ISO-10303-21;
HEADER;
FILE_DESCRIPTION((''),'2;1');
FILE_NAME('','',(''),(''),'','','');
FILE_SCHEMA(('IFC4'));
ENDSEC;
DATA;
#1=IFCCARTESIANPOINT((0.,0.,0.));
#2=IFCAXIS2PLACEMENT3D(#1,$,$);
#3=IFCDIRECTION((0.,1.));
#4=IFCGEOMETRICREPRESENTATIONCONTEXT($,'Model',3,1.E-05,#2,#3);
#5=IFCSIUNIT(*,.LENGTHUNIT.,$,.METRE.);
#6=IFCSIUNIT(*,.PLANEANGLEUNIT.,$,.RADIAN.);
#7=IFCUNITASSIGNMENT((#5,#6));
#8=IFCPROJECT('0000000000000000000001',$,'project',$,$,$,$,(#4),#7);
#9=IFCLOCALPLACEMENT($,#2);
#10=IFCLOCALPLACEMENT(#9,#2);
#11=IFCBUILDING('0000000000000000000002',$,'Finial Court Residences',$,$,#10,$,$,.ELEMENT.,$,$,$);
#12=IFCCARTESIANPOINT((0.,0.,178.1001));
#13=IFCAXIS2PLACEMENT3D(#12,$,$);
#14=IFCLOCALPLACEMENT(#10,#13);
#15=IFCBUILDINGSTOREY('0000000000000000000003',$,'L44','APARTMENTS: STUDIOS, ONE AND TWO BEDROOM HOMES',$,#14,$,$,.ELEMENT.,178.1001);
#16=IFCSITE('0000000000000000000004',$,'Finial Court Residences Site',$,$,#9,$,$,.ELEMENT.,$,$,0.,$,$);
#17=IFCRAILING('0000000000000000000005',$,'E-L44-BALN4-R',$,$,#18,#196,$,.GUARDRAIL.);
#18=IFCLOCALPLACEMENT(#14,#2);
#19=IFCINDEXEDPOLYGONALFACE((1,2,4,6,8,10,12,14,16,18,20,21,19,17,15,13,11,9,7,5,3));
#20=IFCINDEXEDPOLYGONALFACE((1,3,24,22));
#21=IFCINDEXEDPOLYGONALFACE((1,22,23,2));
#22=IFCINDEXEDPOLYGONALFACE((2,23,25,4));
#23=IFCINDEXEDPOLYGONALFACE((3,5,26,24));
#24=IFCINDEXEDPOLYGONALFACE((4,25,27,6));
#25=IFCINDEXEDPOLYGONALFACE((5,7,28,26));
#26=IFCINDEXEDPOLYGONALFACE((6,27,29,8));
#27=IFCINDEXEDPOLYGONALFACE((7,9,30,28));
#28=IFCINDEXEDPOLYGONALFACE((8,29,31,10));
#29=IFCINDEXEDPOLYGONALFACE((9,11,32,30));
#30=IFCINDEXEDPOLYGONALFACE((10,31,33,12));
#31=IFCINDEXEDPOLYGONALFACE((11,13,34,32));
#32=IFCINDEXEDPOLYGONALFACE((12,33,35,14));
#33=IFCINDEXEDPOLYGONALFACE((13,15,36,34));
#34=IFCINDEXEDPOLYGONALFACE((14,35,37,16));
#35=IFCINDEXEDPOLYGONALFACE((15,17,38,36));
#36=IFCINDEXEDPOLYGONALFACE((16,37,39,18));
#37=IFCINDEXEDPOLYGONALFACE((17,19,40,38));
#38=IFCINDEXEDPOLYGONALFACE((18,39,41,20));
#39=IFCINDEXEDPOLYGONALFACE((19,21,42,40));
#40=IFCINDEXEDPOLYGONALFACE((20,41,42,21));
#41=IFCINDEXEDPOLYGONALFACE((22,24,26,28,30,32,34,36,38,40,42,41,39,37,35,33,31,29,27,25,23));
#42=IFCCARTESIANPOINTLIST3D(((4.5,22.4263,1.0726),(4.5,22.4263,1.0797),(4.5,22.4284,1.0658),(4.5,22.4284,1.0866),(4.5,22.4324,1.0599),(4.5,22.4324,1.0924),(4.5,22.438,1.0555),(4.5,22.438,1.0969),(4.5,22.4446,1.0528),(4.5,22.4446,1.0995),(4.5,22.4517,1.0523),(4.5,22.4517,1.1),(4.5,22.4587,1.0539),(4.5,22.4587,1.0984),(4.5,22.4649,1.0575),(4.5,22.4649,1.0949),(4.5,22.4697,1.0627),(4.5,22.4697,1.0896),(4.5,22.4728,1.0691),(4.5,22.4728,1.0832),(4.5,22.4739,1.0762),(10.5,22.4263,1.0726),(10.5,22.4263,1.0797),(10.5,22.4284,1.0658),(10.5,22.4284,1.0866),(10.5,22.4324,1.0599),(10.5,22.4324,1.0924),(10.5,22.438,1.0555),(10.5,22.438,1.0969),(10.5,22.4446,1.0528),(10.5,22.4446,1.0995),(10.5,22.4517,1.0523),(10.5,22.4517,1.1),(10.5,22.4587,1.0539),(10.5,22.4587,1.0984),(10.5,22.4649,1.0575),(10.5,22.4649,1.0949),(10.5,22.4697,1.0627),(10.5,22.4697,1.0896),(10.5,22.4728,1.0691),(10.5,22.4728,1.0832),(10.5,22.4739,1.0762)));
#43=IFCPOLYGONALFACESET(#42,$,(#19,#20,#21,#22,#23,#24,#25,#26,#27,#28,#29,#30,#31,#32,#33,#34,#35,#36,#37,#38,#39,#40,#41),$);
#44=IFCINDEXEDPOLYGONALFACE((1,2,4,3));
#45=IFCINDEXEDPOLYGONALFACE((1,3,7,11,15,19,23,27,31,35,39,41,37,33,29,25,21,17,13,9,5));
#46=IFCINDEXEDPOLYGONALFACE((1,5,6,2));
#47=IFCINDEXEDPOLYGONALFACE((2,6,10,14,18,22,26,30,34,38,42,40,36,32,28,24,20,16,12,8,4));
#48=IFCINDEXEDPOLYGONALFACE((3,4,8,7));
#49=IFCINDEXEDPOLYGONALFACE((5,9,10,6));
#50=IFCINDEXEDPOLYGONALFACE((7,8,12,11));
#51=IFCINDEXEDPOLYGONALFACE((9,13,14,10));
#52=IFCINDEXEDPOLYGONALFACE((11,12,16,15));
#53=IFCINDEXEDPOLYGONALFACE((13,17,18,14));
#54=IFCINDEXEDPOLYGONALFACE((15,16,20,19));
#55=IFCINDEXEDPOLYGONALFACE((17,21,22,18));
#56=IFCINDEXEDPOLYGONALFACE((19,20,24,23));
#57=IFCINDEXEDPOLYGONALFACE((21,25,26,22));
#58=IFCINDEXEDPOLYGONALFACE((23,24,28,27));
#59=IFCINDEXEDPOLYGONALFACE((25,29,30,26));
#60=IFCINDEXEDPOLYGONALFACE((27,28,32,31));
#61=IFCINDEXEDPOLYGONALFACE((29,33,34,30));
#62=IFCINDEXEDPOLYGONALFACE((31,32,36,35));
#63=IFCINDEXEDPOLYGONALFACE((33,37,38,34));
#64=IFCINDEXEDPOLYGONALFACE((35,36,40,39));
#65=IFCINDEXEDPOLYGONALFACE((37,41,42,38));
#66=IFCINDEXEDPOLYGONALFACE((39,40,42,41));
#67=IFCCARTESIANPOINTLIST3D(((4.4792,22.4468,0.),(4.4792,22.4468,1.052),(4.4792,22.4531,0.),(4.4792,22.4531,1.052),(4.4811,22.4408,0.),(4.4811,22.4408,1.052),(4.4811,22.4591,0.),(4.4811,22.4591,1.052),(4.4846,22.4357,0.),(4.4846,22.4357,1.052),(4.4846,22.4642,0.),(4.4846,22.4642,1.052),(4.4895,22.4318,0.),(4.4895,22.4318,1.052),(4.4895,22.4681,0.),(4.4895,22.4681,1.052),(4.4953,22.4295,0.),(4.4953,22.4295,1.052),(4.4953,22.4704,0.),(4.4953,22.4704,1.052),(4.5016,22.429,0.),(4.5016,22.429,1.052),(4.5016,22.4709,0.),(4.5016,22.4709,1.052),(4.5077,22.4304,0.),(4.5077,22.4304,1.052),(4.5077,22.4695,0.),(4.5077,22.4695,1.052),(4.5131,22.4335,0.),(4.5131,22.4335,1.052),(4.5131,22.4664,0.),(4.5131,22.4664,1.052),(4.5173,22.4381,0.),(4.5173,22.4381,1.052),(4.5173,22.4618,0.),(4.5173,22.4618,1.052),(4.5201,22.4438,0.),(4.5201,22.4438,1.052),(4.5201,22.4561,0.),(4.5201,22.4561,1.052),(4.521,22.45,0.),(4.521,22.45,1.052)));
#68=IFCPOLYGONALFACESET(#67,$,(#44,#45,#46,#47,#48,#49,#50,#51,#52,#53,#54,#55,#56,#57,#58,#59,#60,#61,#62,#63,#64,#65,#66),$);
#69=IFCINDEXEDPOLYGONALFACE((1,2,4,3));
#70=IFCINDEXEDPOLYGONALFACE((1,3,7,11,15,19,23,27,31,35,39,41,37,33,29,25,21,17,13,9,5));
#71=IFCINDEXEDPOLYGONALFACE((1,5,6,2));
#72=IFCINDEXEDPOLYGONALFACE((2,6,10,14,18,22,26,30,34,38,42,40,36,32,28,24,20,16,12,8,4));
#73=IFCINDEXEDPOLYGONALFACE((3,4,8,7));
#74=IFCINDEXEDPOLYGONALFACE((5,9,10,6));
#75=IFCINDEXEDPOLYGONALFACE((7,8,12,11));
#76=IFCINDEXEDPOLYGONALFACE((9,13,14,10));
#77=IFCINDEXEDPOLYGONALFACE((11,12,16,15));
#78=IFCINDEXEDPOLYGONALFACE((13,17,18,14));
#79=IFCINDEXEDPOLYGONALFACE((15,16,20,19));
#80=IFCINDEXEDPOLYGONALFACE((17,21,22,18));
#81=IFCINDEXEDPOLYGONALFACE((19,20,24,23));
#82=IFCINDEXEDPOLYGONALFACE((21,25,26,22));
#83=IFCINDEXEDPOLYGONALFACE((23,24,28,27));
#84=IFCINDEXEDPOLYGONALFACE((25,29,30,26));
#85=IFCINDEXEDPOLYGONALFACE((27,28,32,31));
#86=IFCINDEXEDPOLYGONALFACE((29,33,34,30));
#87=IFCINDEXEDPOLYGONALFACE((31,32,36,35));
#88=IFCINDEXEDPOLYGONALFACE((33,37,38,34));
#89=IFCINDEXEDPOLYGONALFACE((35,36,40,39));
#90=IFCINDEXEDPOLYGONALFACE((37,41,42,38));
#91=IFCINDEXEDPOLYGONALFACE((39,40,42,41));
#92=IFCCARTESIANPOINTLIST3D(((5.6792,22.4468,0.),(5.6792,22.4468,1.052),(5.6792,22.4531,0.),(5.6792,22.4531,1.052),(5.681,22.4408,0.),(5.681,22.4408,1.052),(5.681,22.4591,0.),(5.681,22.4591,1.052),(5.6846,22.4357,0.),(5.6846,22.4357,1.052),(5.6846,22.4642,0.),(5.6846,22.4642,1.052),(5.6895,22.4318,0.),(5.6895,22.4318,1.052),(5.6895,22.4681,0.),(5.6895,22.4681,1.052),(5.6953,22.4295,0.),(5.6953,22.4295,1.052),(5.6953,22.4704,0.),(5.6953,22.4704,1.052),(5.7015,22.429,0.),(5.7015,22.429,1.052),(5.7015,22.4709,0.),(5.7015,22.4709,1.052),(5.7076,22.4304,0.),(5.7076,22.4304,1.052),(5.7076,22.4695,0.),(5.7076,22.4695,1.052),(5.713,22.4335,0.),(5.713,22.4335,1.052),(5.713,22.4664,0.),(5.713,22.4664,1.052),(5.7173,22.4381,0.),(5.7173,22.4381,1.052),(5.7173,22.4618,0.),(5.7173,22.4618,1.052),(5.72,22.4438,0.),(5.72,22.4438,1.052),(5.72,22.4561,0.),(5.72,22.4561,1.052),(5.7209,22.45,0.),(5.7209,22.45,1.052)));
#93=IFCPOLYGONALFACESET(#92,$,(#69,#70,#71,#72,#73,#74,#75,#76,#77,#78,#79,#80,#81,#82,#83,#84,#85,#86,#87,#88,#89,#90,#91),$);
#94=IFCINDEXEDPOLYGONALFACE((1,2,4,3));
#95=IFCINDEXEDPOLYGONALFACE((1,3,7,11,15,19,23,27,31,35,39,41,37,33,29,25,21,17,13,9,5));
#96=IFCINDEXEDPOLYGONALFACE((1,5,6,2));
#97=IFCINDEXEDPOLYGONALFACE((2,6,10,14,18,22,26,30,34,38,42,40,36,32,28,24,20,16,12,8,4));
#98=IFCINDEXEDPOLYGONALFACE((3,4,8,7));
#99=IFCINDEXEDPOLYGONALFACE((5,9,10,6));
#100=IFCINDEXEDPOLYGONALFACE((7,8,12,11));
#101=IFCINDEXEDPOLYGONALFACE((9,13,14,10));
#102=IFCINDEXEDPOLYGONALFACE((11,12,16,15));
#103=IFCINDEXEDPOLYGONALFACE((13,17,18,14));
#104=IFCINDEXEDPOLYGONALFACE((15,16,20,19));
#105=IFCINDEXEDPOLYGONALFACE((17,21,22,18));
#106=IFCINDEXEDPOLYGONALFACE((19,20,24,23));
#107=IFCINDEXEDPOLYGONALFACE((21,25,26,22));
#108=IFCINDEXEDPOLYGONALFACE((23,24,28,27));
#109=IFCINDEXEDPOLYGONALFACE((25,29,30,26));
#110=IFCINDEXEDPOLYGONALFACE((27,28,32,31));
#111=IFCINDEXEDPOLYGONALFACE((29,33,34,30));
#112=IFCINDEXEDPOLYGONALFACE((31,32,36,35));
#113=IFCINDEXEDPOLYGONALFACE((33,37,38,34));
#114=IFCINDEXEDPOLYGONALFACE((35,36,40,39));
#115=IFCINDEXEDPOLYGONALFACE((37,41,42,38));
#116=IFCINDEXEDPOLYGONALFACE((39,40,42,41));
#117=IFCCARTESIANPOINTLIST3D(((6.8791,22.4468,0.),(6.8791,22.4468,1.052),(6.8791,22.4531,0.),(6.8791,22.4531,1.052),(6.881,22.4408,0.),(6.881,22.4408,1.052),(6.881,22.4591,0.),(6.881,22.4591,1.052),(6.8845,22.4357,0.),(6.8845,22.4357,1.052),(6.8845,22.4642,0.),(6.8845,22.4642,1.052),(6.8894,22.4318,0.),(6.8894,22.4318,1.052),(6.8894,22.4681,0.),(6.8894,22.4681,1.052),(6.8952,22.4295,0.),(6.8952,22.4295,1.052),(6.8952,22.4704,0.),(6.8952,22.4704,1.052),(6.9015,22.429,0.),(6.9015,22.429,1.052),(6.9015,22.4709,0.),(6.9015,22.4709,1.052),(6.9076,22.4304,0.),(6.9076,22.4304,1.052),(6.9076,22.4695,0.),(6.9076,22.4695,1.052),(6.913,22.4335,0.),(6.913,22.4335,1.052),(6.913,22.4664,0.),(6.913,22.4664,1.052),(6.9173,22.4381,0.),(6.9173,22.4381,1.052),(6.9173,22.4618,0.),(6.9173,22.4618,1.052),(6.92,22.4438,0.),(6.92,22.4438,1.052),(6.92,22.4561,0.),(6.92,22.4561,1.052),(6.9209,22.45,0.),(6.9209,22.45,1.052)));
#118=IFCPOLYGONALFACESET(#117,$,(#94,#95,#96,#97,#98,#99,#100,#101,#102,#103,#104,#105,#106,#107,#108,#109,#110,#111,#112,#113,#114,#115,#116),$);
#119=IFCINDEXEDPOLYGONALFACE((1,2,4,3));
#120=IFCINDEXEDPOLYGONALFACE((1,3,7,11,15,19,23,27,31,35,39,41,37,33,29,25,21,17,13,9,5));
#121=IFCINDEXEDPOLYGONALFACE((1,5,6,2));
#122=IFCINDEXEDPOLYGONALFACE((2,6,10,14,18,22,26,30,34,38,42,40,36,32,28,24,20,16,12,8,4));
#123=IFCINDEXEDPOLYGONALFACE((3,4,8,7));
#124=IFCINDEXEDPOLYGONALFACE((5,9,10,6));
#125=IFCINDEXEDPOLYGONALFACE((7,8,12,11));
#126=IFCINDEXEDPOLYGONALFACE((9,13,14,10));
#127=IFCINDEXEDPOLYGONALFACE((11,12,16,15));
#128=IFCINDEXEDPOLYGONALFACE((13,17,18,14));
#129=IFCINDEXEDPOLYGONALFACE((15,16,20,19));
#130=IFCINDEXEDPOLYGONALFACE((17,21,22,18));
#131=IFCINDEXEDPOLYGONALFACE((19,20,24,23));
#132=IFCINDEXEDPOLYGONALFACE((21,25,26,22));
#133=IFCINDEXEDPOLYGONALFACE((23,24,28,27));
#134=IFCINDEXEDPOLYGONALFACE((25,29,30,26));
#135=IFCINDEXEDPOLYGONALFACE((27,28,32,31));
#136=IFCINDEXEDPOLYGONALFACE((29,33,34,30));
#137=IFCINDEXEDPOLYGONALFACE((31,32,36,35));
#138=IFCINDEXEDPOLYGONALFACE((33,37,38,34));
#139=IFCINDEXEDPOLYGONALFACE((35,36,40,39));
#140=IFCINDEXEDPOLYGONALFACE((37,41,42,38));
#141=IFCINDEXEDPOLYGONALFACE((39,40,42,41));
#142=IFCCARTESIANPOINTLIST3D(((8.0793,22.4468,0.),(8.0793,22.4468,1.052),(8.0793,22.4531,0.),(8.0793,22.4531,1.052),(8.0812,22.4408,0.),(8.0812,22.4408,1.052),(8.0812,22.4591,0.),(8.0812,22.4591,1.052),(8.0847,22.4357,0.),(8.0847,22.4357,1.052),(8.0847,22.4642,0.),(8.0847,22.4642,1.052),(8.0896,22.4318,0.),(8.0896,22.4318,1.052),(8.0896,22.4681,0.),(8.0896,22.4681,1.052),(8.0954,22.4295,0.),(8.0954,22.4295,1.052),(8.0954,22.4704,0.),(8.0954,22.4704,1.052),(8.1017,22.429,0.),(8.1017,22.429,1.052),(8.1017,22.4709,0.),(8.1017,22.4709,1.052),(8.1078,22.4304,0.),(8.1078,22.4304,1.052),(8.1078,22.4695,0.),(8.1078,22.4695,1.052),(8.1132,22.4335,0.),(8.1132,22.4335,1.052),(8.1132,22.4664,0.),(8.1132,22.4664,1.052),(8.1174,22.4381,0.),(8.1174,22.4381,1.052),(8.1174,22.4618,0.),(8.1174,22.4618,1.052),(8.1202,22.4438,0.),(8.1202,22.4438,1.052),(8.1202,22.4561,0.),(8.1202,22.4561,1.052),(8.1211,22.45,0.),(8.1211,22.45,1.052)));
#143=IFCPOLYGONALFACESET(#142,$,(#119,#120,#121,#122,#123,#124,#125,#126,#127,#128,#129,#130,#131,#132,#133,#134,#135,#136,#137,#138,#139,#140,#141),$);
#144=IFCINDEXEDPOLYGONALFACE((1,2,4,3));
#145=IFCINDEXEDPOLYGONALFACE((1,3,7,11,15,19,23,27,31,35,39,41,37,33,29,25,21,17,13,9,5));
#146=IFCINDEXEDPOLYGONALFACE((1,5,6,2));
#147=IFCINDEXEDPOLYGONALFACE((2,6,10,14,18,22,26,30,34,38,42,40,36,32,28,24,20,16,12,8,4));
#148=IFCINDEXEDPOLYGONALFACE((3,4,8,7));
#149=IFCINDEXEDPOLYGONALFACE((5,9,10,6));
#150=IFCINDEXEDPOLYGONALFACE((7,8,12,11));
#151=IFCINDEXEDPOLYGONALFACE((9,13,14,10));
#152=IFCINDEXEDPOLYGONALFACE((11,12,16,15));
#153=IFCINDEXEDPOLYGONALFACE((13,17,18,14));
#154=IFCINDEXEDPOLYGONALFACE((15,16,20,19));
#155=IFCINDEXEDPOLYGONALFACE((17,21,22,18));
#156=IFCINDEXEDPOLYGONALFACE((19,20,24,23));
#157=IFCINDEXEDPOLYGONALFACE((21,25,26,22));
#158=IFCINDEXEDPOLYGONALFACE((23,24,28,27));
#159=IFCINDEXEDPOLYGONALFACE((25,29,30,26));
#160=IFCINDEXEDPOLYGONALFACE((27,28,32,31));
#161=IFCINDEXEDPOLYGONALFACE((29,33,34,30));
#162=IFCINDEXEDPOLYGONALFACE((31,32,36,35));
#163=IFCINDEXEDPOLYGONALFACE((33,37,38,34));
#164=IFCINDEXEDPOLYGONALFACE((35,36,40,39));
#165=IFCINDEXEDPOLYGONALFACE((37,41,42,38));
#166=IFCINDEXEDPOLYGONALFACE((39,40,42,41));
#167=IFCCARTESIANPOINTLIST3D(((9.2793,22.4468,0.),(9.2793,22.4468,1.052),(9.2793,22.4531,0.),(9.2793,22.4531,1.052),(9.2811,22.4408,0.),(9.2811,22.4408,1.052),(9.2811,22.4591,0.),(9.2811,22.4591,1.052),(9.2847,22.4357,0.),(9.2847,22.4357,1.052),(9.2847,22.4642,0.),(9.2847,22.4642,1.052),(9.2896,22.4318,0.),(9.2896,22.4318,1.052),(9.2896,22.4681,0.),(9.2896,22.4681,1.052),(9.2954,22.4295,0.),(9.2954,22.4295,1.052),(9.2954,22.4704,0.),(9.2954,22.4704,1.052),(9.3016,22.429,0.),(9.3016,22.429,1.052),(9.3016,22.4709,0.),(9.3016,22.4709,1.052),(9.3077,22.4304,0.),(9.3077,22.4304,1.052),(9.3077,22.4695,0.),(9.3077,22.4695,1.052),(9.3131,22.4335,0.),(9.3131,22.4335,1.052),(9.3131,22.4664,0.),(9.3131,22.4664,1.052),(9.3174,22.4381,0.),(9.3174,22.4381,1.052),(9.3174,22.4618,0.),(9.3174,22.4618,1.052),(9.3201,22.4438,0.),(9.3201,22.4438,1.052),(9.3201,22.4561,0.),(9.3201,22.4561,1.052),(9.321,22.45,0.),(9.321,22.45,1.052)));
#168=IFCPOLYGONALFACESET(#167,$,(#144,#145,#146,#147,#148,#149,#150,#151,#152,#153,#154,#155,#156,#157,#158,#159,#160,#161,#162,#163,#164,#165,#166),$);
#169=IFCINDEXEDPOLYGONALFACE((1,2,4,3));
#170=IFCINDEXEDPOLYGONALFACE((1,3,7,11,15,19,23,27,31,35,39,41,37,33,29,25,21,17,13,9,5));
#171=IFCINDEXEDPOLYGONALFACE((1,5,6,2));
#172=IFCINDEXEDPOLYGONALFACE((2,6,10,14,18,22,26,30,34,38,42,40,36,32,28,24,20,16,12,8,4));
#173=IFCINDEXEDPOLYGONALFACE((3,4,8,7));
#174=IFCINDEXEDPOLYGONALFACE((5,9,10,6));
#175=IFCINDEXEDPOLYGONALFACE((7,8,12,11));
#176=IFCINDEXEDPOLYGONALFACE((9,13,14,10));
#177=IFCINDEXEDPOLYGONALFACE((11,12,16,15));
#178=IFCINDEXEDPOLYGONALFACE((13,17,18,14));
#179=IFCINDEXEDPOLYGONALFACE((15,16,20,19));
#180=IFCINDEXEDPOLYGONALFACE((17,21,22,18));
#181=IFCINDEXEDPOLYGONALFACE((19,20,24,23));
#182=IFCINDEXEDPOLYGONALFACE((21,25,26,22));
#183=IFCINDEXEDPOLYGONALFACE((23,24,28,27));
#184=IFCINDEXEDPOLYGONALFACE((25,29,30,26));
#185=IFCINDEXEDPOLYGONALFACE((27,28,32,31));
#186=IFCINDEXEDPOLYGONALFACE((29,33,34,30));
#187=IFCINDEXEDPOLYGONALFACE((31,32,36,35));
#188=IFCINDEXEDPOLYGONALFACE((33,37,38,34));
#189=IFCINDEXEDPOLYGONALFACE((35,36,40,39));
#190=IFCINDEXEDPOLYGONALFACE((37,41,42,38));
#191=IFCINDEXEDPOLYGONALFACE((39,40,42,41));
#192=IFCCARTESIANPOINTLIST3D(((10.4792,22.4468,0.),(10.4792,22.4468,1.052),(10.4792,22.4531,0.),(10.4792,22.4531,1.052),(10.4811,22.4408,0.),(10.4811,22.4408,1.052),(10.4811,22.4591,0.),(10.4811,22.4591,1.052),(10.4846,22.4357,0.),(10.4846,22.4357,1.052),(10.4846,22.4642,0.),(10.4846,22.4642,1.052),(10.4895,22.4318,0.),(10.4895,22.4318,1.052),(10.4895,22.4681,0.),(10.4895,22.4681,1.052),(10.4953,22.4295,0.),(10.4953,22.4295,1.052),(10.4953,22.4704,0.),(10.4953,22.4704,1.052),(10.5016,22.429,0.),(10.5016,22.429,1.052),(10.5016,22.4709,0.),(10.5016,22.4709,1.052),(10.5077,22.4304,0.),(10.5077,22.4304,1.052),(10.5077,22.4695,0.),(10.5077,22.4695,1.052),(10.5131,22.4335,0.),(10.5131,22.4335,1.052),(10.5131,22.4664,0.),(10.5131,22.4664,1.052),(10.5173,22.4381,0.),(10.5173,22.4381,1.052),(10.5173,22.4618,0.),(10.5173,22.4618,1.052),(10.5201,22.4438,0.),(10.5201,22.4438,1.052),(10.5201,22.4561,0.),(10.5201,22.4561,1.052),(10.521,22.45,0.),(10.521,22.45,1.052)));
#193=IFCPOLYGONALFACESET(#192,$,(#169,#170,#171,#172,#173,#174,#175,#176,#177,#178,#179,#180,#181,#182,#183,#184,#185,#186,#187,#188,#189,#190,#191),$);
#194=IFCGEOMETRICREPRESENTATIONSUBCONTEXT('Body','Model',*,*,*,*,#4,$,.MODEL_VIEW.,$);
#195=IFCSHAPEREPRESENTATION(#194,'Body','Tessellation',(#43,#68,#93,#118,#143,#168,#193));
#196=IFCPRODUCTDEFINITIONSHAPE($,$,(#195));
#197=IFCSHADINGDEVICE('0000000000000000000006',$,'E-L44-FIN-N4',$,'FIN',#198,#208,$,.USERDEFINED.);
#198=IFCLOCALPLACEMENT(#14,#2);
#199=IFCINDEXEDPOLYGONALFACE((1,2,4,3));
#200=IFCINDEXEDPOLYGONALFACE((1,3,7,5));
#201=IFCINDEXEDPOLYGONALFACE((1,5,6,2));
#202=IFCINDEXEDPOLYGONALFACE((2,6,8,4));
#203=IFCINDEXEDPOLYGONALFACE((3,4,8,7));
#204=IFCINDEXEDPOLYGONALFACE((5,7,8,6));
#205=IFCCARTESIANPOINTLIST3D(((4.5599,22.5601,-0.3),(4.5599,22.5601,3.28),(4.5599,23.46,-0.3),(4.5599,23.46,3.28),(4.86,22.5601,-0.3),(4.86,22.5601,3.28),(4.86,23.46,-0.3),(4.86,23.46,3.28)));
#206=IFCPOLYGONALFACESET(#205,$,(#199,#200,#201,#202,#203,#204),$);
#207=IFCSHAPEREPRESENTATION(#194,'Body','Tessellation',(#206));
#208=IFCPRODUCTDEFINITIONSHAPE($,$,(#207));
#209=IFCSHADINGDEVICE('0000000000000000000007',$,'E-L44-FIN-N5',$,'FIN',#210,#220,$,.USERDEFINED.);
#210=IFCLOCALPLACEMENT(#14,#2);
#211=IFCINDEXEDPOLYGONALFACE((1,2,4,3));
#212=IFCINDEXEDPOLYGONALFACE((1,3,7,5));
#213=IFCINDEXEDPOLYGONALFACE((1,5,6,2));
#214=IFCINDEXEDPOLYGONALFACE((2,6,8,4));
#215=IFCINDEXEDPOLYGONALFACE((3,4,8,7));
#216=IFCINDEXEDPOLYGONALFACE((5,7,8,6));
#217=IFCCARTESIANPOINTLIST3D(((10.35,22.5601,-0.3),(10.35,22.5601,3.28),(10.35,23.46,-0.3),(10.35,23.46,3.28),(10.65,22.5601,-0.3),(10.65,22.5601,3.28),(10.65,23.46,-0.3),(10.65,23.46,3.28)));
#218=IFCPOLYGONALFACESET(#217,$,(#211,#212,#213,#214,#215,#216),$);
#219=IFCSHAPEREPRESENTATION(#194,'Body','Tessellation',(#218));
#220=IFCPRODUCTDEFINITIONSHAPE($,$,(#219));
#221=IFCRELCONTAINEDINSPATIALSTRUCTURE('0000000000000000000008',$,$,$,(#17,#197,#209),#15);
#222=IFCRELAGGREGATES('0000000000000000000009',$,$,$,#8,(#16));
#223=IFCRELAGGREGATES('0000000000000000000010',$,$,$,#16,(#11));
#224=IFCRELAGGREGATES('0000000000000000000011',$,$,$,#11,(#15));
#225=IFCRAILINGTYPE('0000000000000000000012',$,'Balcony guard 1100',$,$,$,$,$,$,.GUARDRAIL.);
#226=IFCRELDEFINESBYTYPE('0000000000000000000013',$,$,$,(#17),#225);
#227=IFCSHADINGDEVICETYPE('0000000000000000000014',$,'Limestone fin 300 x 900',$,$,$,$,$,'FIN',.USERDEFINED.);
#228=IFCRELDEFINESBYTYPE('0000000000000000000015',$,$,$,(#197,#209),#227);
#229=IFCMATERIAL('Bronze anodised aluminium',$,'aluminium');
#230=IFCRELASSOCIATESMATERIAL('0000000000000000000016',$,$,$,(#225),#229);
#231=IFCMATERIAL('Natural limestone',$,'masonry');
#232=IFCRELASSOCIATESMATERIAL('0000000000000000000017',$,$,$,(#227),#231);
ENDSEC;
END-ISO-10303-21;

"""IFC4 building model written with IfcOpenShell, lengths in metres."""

from ifc_helpers import new_model, si_unit, direction, frame, origin, origin_2d, place, context, subcontext, project, spatial, rectangle, circle, extrude, material, type_object, element, save


model = new_model("IFC4")

# Units and contexts
model_context = context("Model", 3, precision=1e-05, world=origin(), true_north=direction((0.0, 1.0)))
body_context = subcontext(model_context, "Body", "Model", "MODEL_VIEW")
ifc_project = project(units=[si_unit("LENGTHUNIT", "METRE"), si_unit("PLANEANGLEUNIT", "RADIAN")], contexts=[model_context])

# Site, building, storey
site_placement = place(None, origin())
site = spatial("IfcSite", under=ifc_project, at=site_placement, Name="Finial Court Residences Site", CompositionType="ELEMENT", RefElevation=0.0)
building_placement = place(site_placement, origin())
building = spatial("IfcBuilding", under=site, at=building_placement, Name="Finial Court Residences", CompositionType="ELEMENT")
storey_placement = place(building_placement, frame((0.0, 0.0, 178.1001)))
storey = spatial("IfcBuildingStorey", under=building, at=storey_placement, Name="L44", Description="APARTMENTS: STUDIOS, ONE AND TWO BEDROOM HOMES", CompositionType="ELEMENT", Elevation=178.1001)

# Shared definitions
ifc_material_1 = material(Name="Bronze anodised aluminium", Category="aluminium")

# Shared definitions
ifc_material_2 = material(Name="Natural limestone", Category="masonry")

# Railing
railing_type = type_object("IfcRailingType", Name="Balcony guard 1100", PredefinedType="GUARDRAIL", material=ifc_material_1)
railing_placement = place(storey_placement, frame((4.5, 22.45, 0.0)))
element("IfcRailing", 1, at=railing_placement, inside=storey, type_object=railing_type, Name="E-L44-BALN4-R", PredefinedType="GUARDRAIL", context=body_context, shape_type="SweptSolid", body=[
    extrude(circle(Radius=0.0239, at=origin_2d()), frame((0.0, 0.0, 1.0762), z_axis=(1.0, 0.0, 0.0), x_axis=(0.0, 1.0, 0.0)), (0.0, 0.0, 1.0), 6.0),
    extrude(circle(Radius=0.021, at=origin_2d()), origin(), (0.0, 0.0, 1.0), 1.052),
    extrude(circle(Radius=0.021, at=origin_2d()), frame((1.2, 0.0, 0.0)), (0.0, 0.0, 1.0), 1.052),
    extrude(circle(Radius=0.021, at=origin_2d()), frame((2.3999, 0.0, 0.0)), (0.0, 0.0, 1.0), 1.052),
    extrude(circle(Radius=0.021, at=origin_2d()), frame((3.6001, 0.0, 0.0)), (0.0, 0.0, 1.0), 1.052),
    extrude(circle(Radius=0.021, at=origin_2d()), frame((4.8, 0.0, 0.0)), (0.0, 0.0, 1.0), 1.052),
    extrude(circle(Radius=0.021, at=origin_2d()), frame((6.0, 0.0, 0.0)), (0.0, 0.0, 1.0), 1.052),
])

# Shading devices
shading_device_type = type_object("IfcShadingDeviceType", Name="Limestone fin 300 x 900", ElementType="FIN", PredefinedType="USERDEFINED", material=ifc_material_2)
for number, where, z_axis, x_axis, name in (
    (2, (4.71, 23.01, -0.3), (0.0, 0.0, 1.0), (1.0, 0.0, 0.0), "E-L44-FIN-N4"),
    (3, (10.5, 23.01, -0.3), (0.0, 0.0, 1.0), (1.0, 0.0, 0.0), "E-L44-FIN-N5"),
):
    element("IfcShadingDevice", number, at=place(storey_placement, frame(where, z_axis=z_axis, x_axis=x_axis)), inside=storey, type_object=shading_device_type, Name=name, ObjectType="FIN", PredefinedType="USERDEFINED", context=body_context, shape_type="SweptSolid", body=[
        extrude(rectangle(XDim=0.3, YDim=0.8999, at=origin_2d()), origin(), (0.0, 0.0, 1.0), 3.5801),
    ])

save(model, "model.ifc")
